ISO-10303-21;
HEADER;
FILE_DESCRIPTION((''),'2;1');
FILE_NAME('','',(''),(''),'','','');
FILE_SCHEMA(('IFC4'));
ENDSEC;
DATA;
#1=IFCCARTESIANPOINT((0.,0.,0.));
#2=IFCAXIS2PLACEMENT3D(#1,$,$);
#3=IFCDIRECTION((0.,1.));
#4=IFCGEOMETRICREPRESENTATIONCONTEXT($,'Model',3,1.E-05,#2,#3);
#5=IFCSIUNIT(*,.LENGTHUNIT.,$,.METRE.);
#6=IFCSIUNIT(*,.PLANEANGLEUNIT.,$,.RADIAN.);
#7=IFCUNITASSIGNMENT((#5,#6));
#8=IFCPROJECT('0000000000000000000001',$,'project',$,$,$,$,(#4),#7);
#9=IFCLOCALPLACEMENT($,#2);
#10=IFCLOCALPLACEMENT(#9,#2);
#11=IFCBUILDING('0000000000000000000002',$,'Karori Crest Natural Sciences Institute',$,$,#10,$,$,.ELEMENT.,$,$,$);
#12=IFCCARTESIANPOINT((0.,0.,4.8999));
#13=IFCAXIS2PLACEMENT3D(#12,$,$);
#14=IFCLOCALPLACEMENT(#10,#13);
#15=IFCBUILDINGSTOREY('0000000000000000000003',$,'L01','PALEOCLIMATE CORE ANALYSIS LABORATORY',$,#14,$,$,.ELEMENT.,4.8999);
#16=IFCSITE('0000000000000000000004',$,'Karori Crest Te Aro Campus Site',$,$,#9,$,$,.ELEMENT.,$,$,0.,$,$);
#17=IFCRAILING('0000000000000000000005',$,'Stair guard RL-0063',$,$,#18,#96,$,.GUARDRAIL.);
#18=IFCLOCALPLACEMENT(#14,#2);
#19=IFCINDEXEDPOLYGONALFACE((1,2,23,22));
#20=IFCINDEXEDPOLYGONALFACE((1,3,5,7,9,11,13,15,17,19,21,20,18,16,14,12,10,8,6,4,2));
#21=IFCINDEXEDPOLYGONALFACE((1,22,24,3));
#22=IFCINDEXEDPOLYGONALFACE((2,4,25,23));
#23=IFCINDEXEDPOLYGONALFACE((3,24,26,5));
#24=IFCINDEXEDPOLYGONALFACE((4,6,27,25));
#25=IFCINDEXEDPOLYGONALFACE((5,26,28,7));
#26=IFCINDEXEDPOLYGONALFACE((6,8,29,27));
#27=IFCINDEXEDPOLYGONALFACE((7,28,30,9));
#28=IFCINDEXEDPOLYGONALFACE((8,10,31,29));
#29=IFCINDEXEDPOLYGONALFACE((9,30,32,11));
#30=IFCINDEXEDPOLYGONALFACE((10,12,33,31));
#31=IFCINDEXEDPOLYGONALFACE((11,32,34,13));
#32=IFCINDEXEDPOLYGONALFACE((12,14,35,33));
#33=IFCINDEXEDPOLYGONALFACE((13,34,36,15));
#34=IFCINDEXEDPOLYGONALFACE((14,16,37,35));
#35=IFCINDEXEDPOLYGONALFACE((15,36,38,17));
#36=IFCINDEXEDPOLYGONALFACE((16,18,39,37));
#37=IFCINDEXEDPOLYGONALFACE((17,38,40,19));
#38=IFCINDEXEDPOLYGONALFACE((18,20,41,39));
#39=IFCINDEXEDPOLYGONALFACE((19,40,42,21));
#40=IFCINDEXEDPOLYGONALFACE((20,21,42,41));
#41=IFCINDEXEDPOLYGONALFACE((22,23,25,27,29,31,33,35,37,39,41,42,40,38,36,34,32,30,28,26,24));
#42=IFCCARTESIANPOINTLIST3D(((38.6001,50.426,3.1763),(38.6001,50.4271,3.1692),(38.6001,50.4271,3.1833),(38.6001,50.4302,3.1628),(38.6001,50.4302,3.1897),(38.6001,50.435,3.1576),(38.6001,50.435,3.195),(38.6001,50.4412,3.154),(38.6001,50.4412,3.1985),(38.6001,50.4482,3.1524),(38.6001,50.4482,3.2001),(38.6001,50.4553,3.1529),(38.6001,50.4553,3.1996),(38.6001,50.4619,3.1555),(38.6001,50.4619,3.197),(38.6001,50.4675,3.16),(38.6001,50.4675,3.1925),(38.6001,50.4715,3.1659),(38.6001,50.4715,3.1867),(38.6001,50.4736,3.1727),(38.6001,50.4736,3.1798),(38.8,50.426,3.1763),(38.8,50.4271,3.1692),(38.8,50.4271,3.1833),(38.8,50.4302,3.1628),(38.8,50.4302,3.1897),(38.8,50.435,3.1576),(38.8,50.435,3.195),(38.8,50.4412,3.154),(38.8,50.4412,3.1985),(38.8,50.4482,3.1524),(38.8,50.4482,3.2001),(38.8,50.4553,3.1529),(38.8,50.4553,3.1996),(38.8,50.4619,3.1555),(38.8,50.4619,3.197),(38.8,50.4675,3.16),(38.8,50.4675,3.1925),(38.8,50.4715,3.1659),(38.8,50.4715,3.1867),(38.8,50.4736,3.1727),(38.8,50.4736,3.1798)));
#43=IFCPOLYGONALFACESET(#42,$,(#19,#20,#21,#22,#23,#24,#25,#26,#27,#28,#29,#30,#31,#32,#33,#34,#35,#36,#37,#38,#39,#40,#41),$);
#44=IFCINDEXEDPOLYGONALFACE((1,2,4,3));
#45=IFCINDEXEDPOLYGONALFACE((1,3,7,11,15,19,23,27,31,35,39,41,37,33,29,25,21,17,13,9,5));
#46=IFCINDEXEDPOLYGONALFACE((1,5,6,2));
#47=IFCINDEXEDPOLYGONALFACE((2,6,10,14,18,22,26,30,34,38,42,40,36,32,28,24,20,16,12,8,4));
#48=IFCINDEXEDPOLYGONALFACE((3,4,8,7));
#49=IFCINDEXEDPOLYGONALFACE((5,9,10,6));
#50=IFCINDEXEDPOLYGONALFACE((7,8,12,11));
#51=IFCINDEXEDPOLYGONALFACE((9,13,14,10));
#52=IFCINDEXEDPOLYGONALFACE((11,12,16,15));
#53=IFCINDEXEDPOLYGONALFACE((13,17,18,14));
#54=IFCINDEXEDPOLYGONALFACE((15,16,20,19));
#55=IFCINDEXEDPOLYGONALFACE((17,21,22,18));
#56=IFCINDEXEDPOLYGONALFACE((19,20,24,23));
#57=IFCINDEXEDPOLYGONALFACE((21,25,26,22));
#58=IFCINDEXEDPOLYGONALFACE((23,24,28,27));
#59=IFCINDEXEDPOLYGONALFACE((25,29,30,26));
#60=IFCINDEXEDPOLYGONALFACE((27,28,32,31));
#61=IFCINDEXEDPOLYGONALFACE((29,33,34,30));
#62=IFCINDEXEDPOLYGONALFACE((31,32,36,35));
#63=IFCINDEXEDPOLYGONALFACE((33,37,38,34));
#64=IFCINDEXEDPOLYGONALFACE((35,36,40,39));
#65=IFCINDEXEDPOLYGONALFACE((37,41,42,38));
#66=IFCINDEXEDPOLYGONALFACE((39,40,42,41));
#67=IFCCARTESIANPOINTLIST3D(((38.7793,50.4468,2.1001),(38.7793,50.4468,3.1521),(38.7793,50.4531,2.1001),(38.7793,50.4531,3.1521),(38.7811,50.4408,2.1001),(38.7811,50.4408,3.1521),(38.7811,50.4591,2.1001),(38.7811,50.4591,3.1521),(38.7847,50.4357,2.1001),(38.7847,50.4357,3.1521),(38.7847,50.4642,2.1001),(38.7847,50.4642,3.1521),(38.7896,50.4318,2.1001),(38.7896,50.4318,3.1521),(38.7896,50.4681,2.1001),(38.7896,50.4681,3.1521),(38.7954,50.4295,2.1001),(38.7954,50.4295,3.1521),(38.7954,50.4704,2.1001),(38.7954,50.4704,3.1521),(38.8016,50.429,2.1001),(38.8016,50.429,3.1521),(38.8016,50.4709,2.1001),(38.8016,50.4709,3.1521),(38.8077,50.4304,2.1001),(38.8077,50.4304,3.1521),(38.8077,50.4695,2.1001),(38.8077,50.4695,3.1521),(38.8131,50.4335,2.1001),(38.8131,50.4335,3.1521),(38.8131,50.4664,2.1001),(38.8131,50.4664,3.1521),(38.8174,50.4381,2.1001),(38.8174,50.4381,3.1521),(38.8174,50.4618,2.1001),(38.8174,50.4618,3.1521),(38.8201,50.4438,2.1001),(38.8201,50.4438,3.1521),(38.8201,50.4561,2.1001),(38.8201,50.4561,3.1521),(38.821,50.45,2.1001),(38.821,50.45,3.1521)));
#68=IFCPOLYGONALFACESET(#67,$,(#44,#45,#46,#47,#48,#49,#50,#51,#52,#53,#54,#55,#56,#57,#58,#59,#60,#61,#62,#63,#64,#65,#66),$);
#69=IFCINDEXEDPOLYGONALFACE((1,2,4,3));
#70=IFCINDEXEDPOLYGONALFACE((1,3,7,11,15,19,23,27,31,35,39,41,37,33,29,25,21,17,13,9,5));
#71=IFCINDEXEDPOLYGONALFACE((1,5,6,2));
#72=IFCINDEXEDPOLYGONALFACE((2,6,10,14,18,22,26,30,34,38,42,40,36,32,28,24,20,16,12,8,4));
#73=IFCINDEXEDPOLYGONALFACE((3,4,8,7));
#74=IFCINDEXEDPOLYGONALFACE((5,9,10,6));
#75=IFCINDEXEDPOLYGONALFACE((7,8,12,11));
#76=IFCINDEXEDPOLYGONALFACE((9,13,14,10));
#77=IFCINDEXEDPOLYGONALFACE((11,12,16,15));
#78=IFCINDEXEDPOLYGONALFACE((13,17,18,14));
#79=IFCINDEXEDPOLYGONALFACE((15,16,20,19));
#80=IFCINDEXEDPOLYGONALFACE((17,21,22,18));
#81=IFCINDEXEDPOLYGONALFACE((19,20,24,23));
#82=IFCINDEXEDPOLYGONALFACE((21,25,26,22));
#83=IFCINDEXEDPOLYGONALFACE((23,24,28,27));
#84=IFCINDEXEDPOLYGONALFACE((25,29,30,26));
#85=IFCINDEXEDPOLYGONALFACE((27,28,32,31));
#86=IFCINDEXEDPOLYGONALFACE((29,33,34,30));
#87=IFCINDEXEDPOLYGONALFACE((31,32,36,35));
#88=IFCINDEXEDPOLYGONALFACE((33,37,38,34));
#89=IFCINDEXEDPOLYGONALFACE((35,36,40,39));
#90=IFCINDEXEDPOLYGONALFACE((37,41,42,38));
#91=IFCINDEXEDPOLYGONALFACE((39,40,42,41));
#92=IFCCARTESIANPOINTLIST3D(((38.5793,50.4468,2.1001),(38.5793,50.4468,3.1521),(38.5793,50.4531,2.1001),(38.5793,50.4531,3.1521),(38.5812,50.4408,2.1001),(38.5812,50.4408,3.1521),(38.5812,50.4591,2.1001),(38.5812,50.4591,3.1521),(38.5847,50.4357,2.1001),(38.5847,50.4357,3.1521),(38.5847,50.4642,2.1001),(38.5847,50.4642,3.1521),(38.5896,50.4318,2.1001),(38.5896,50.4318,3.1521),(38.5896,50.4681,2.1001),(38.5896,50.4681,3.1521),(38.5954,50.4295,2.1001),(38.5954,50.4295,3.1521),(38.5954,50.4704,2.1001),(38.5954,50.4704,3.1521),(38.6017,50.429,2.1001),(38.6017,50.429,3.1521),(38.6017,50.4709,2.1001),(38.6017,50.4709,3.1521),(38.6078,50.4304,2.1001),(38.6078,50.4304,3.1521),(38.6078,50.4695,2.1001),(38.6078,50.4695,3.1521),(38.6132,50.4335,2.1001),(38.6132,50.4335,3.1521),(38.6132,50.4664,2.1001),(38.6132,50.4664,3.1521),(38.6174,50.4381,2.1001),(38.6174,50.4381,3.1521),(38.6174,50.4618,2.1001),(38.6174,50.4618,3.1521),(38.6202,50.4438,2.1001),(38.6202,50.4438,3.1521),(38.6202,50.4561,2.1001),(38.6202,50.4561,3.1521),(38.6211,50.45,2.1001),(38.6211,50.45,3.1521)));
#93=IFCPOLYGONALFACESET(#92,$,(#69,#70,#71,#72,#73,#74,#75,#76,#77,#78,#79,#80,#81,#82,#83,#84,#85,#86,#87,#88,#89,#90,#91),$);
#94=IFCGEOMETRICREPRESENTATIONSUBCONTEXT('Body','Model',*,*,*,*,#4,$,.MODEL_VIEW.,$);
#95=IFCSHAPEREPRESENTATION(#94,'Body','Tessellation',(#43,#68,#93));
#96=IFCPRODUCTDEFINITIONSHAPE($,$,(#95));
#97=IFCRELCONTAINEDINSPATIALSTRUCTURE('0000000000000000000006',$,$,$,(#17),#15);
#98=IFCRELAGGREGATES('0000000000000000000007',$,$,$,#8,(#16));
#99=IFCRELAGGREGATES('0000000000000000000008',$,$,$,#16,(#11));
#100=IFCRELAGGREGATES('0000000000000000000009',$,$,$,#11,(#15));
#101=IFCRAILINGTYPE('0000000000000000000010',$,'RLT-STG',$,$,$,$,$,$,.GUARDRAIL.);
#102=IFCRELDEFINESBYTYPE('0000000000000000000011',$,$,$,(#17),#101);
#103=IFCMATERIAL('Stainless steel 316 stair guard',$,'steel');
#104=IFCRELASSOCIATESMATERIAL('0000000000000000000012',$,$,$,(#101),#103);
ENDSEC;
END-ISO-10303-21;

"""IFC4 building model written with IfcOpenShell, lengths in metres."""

from ifc_helpers import new_model, si_unit, direction, frame, origin, origin_2d, place, context, subcontext, project, spatial, circle, extrude, material, type_object, element, save


model = new_model("IFC4")

# Units and contexts
model_context = context("Model", 3, precision=1e-05, world=origin(), true_north=direction((0.0, 1.0)))
body_context = subcontext(model_context, "Body", "Model", "MODEL_VIEW")
ifc_project = project(units=[si_unit("LENGTHUNIT", "METRE"), si_unit("PLANEANGLEUNIT", "RADIAN")], contexts=[model_context])

# Site, building, storey
site_placement = place(None, origin())
site = spatial("IfcSite", under=ifc_project, at=site_placement, Name="Karori Crest Te Aro Campus Site", CompositionType="ELEMENT", RefElevation=0.0)
building_placement = place(site_placement, origin())
building = spatial("IfcBuilding", under=site, at=building_placement, Name="Karori Crest Natural Sciences Institute", CompositionType="ELEMENT")
storey_placement = place(building_placement, frame((0.0, 0.0, 4.8999)))
storey = spatial("IfcBuildingStorey", under=building, at=storey_placement, Name="L01", Description="PALEOCLIMATE CORE ANALYSIS LABORATORY", CompositionType="ELEMENT", Elevation=4.8999)

# Railing
ifc_material_1 = material(Name="Stainless steel 316 stair guard", Category="steel")
railing_type_1 = type_object("IfcRailingType", Name="RLT-STG", PredefinedType="GUARDRAIL", material=ifc_material_1)
railing_1_placement = place(storey_placement, frame((38.8, 50.45, 2.1001)))
element("IfcRailing", 1, at=railing_1_placement, inside=storey, type_object=railing_type_1, Name="Stair guard RL-0063", PredefinedType="GUARDRAIL", context=body_context, shape_type="SweptSolid", body=[
    extrude(circle(Radius=0.0239, at=origin_2d()), frame((0.0, 0.0, 1.0762), z_axis=(-1.0, 0.0, 0.0), x_axis=(0.0, -1.0, 0.0)), (0.0, 0.0, 1.0), 0.2),
    extrude(circle(Radius=0.021, at=origin_2d()), origin(), (0.0, 0.0, 1.0), 1.052),
    extrude(circle(Radius=0.021, at=origin_2d()), frame((-0.2, 0.0, 0.0)), (0.0, 0.0, 1.0), 1.052),
])

save(model, "model.ifc")
